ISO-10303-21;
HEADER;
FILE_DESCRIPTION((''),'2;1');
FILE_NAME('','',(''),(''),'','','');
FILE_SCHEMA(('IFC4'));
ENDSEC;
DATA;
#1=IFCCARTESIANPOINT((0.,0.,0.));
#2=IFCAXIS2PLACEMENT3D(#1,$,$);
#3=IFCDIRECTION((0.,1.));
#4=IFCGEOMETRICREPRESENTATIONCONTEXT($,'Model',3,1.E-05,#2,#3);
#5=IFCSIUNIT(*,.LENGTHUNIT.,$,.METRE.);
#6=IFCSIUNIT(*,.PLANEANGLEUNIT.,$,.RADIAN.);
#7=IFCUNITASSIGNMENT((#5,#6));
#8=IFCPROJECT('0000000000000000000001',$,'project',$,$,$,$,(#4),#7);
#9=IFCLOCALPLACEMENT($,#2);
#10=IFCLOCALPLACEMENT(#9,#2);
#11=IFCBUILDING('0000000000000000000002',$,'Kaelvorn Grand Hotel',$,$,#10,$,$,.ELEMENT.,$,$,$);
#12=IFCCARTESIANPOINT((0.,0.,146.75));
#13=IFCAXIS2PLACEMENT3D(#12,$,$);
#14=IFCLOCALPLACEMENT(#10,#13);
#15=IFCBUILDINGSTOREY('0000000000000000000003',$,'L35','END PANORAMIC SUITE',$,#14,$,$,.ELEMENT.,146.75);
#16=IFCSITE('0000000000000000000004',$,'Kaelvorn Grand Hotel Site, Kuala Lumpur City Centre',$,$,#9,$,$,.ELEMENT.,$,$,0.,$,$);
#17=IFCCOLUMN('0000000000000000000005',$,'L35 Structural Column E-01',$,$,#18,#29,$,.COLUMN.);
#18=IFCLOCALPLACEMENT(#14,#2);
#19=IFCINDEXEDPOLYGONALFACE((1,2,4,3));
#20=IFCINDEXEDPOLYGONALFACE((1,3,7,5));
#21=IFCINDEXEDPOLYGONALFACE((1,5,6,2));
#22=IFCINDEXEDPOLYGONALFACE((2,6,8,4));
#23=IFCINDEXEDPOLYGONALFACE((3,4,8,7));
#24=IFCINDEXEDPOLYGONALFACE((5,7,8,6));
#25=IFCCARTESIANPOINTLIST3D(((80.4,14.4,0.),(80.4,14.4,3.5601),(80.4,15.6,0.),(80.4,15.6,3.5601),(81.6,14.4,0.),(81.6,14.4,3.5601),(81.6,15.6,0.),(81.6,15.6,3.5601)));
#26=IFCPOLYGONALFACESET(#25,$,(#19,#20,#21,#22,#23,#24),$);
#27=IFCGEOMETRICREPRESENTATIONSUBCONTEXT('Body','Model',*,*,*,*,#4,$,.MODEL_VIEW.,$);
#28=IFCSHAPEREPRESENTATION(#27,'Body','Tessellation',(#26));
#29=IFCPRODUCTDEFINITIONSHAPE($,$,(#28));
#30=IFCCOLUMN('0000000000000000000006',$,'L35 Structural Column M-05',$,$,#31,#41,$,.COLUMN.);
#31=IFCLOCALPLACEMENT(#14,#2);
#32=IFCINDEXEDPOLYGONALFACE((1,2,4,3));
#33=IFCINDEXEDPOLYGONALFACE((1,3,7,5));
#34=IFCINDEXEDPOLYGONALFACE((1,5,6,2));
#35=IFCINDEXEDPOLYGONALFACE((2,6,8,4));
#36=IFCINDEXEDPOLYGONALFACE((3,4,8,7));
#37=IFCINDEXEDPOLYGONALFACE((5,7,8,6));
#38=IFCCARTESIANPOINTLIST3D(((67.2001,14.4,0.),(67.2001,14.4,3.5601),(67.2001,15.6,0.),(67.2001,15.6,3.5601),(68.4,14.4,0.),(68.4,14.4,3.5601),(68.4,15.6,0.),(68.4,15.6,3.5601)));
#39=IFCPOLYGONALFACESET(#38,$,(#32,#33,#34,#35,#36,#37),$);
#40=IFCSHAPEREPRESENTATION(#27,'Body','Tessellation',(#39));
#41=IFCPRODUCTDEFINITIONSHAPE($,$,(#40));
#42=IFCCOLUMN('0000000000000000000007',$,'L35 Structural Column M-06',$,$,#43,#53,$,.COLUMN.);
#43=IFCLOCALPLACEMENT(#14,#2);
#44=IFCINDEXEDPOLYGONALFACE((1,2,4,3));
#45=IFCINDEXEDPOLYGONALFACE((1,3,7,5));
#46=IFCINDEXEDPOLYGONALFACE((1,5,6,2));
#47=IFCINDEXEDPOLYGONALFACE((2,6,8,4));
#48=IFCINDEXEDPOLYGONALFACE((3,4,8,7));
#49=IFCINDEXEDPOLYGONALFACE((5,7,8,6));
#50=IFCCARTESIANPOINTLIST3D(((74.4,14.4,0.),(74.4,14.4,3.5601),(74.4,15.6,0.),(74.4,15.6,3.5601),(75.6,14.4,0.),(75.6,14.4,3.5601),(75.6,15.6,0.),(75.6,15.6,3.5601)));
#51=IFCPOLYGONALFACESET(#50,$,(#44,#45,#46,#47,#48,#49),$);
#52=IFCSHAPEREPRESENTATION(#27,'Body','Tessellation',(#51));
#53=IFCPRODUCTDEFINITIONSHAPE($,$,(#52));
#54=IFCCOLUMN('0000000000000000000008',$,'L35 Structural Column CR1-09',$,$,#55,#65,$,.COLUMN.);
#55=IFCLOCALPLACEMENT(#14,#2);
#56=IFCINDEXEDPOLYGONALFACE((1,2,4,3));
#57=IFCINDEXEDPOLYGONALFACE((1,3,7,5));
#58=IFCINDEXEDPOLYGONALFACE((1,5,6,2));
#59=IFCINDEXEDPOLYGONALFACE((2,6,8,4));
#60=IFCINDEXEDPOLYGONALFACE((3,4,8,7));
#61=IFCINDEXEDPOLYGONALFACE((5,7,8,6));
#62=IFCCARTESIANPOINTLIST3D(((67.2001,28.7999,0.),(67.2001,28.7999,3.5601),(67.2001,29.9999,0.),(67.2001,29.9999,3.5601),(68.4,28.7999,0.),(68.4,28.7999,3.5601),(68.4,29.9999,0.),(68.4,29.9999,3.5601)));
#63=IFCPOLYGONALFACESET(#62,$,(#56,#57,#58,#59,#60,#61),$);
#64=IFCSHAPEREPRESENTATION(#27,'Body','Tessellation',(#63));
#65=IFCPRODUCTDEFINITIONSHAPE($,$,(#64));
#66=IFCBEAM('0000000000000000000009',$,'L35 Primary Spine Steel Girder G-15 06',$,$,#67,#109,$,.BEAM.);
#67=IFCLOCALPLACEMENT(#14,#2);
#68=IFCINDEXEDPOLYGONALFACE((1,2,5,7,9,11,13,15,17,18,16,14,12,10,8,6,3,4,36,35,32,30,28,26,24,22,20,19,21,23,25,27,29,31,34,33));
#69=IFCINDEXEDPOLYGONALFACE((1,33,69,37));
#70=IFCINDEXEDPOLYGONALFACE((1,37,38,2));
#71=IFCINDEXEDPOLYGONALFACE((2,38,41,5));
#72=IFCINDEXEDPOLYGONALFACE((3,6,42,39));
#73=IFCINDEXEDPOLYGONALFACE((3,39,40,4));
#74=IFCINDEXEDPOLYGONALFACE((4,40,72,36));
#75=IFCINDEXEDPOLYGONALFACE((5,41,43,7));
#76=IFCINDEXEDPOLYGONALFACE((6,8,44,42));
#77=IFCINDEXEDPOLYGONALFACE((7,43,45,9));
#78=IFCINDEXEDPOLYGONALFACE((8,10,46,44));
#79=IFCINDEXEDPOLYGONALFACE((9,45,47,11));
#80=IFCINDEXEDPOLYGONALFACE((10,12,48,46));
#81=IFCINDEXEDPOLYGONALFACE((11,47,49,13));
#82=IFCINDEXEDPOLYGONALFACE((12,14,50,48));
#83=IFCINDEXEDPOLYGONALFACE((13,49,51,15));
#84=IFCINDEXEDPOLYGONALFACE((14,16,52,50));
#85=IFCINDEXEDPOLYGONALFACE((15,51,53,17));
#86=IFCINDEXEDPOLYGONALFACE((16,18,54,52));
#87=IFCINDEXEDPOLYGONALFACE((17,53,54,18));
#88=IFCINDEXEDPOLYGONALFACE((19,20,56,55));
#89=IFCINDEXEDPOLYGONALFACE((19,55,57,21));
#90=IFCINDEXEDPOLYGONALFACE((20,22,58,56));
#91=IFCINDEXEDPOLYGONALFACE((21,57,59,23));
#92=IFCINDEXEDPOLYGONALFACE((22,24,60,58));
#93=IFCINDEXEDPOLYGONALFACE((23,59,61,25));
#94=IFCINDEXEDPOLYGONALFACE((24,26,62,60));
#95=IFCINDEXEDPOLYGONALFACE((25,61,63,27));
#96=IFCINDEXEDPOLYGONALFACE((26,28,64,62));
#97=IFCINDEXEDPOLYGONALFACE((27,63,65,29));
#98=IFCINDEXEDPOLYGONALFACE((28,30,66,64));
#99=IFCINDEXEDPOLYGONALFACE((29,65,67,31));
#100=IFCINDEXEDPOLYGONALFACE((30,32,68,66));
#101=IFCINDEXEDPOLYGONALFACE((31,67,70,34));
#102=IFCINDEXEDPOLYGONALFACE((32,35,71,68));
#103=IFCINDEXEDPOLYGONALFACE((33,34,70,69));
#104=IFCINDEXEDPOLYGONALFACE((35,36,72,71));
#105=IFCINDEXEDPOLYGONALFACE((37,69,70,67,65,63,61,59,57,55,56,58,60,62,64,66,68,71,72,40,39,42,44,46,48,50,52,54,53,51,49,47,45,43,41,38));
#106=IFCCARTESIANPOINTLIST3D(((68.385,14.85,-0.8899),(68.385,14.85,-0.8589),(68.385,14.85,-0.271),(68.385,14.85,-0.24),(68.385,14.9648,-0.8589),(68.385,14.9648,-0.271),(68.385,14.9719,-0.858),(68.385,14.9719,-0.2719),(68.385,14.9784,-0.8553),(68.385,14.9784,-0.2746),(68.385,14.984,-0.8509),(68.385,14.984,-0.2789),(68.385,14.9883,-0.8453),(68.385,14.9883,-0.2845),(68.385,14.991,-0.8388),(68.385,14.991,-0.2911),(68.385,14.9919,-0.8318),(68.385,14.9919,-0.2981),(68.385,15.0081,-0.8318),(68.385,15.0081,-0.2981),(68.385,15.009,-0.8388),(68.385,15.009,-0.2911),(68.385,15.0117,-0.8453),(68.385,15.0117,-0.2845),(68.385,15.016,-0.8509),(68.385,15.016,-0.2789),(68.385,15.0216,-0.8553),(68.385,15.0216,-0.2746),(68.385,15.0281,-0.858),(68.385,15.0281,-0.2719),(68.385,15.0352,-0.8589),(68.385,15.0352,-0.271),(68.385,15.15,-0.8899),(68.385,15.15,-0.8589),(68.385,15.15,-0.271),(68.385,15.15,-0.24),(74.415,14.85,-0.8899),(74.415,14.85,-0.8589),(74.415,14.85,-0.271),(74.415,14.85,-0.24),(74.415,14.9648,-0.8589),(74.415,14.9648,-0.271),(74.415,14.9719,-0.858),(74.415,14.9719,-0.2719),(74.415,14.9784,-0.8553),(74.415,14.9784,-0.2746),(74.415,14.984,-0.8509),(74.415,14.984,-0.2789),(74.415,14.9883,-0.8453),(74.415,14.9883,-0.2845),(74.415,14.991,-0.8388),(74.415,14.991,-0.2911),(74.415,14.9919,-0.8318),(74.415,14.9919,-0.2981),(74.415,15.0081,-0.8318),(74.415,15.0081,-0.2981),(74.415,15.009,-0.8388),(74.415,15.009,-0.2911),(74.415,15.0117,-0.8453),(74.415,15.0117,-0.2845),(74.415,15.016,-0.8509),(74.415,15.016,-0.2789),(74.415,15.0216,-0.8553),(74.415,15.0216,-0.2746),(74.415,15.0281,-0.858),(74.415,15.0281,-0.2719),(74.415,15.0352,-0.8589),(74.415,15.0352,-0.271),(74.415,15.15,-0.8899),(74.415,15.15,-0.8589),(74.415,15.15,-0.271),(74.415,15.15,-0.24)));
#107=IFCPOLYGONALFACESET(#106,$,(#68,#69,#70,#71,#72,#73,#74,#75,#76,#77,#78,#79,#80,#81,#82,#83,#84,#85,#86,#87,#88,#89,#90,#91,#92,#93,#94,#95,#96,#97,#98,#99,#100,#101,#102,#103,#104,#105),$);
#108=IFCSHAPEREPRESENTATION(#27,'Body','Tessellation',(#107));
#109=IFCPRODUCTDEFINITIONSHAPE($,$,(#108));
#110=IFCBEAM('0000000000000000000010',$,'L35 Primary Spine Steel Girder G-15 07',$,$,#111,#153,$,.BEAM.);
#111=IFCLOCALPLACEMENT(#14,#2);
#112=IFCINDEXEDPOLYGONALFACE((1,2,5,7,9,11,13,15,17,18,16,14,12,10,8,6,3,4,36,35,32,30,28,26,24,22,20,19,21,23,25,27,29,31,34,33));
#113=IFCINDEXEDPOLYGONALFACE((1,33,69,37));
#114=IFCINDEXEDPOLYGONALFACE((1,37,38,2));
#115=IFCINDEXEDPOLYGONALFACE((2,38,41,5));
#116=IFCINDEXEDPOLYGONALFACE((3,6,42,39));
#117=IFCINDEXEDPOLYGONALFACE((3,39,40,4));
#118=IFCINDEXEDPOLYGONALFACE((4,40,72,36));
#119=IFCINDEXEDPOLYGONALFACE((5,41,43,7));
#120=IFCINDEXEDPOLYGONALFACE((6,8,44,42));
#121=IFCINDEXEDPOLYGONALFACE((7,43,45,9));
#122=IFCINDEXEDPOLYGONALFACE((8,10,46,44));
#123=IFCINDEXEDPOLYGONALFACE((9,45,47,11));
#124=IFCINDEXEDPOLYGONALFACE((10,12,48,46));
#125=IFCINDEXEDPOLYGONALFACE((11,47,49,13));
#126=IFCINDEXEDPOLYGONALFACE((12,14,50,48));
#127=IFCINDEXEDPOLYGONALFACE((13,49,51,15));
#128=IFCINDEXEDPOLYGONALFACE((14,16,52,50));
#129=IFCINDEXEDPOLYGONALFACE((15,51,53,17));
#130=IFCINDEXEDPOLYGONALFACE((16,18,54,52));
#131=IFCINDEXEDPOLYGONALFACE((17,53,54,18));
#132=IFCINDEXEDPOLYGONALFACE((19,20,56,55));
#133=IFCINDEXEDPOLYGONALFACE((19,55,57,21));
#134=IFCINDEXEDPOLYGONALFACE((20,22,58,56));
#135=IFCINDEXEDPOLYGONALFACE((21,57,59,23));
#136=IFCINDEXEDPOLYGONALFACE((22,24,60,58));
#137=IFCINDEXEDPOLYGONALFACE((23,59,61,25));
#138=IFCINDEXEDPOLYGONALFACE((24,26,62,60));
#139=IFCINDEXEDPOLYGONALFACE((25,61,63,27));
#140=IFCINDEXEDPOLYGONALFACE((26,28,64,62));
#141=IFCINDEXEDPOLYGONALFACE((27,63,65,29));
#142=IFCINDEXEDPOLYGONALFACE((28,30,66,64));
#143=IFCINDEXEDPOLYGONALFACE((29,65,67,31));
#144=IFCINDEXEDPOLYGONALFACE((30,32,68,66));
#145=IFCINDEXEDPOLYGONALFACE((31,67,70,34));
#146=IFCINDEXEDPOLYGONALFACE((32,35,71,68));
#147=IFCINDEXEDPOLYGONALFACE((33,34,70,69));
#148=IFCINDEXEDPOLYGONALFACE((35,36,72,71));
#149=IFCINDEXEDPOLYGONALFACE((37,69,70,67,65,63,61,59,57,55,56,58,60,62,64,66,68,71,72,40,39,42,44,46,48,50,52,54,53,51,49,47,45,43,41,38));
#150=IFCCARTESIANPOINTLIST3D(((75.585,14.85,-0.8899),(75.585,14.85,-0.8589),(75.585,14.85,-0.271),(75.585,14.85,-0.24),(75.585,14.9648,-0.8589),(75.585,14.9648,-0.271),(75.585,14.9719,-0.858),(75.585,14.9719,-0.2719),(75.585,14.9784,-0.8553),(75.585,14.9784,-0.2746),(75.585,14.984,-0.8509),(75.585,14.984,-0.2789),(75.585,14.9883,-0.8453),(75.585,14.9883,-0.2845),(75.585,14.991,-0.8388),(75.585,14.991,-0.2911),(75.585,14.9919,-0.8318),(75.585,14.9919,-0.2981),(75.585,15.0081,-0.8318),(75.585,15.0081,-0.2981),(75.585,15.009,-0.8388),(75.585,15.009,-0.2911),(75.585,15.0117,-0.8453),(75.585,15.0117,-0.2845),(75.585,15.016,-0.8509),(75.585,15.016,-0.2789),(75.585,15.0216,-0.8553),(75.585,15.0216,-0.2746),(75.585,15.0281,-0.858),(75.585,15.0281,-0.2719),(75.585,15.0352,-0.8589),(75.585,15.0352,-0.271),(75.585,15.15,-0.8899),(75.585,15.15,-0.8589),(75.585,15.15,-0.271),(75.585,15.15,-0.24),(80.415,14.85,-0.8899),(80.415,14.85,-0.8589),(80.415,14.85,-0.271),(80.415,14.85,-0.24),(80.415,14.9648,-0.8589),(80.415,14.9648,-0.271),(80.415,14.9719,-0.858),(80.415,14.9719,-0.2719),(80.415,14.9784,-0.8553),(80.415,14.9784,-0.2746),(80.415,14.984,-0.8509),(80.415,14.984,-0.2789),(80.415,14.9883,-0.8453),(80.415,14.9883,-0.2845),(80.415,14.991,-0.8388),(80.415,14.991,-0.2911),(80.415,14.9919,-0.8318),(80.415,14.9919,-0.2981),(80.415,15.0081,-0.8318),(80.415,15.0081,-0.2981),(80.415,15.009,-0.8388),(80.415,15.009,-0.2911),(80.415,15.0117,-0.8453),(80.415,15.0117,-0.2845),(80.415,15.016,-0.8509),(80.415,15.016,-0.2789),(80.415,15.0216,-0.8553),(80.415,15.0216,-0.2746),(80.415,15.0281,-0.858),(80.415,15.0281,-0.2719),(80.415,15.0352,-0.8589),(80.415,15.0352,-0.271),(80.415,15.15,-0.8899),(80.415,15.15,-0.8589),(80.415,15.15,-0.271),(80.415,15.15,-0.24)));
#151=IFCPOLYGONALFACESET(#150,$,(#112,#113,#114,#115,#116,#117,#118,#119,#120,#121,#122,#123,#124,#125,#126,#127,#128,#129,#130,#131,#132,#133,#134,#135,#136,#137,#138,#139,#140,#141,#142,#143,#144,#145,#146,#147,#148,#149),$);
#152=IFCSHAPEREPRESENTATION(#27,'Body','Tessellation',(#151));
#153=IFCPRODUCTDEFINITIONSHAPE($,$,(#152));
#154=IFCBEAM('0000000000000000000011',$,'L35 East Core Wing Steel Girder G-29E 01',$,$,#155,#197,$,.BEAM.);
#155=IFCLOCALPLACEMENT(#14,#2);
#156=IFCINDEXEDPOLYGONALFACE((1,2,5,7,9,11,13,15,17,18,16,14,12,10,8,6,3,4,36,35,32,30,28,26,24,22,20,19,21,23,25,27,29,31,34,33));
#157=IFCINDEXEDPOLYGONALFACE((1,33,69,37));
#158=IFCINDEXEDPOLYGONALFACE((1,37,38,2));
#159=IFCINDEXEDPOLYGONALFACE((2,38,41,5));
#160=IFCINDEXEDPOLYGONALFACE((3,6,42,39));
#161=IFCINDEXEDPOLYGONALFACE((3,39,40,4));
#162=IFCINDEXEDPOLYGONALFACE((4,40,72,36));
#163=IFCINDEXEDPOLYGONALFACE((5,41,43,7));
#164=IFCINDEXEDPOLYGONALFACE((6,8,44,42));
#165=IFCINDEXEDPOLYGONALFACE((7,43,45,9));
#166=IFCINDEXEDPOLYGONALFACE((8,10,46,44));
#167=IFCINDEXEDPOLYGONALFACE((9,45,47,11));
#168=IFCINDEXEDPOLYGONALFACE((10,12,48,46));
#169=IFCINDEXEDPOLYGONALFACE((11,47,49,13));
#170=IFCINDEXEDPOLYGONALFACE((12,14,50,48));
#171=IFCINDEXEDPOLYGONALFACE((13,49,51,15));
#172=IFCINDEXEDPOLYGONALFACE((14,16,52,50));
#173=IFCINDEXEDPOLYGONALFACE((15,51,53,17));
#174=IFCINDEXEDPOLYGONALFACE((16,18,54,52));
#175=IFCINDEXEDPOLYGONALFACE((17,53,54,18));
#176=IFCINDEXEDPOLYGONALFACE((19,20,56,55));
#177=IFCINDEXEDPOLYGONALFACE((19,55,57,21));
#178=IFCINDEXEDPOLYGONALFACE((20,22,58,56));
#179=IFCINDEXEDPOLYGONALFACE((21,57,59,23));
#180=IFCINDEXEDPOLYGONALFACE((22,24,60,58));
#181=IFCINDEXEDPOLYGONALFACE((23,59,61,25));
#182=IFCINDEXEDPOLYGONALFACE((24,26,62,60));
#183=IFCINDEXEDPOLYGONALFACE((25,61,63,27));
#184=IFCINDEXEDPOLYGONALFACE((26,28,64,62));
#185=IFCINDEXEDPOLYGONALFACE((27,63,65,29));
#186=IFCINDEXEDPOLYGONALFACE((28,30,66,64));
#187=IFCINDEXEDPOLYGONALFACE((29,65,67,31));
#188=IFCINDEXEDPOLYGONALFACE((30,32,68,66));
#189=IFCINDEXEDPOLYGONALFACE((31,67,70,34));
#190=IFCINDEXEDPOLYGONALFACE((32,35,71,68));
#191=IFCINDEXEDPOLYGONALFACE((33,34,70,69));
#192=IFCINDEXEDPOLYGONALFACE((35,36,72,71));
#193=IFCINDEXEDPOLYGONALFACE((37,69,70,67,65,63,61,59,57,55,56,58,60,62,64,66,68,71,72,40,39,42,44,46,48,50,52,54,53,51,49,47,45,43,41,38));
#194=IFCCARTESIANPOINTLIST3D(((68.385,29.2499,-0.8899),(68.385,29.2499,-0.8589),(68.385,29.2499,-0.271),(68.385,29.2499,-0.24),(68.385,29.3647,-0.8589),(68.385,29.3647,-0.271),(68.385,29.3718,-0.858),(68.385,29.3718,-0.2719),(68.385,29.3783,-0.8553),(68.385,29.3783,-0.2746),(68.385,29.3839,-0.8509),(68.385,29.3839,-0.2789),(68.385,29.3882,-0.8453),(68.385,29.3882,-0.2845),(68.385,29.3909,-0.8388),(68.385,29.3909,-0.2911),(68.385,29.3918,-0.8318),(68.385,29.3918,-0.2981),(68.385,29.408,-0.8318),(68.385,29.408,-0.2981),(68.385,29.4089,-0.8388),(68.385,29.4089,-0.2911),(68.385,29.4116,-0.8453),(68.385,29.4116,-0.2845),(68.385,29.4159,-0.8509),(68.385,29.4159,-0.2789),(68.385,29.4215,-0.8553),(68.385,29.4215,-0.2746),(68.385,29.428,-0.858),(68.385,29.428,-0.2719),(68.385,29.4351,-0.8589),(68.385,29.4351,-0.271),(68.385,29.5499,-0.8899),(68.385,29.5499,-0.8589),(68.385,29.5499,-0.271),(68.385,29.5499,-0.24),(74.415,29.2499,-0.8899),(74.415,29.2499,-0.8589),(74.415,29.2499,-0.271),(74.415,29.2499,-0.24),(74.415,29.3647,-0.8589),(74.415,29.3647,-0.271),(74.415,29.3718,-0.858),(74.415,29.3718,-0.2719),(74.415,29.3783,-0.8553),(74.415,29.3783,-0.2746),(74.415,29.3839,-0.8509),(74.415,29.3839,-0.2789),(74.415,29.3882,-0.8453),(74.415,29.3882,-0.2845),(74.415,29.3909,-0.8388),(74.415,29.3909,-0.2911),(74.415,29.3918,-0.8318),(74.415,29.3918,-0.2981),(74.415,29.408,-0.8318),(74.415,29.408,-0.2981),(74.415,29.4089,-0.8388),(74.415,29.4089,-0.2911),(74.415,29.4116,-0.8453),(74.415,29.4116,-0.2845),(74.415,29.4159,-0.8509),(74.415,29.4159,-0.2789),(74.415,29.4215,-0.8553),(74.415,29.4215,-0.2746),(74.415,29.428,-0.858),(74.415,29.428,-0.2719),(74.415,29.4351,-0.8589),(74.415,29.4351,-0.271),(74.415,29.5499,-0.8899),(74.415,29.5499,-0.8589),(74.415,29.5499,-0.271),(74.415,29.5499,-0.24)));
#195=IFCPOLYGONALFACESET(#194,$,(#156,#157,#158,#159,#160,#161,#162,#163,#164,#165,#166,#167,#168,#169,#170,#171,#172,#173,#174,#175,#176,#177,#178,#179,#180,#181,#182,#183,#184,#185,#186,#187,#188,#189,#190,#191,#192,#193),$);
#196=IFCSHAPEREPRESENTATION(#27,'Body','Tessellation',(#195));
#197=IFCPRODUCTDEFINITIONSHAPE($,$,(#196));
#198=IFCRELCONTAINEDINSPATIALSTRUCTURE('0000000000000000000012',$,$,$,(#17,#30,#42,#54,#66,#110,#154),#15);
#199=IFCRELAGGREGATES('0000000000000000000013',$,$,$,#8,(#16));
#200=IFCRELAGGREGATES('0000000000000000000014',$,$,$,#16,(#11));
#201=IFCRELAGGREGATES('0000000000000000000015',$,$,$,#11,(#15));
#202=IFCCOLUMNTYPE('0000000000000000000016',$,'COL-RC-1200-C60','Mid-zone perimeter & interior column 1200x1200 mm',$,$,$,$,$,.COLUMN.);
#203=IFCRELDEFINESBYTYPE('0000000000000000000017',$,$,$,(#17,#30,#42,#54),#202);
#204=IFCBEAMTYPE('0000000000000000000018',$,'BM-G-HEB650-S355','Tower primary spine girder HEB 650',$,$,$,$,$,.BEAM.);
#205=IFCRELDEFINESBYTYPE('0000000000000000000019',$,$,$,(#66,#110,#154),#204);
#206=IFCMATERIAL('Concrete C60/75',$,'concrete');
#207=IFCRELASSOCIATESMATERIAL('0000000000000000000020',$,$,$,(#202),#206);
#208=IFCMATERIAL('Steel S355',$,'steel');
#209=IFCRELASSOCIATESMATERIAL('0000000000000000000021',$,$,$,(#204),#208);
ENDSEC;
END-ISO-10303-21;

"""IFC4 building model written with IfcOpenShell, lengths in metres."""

from ifc_helpers import new_model, si_unit, direction, frame, origin, origin_2d, place, context, subcontext, project, spatial, rectangle, i_section, extrude, material, material_profile, profile_set, type_object, element, save


model = new_model("IFC4")

# Units and contexts
model_context = context("Model", 3, precision=1e-05, world=origin(), true_north=direction((0.0, 1.0)))
body_context = subcontext(model_context, "Body", "Model", "MODEL_VIEW")
ifc_project = project(units=[si_unit("LENGTHUNIT", "METRE"), si_unit("PLANEANGLEUNIT", "RADIAN")], contexts=[model_context])

# Site, building, storey
site_placement = place(None, origin())
site = spatial("IfcSite", under=ifc_project, at=site_placement, Name="Kaelvorn Grand Hotel Site, Kuala Lumpur City Centre", CompositionType="ELEMENT", RefElevation=0.0)
building_placement = place(site_placement, origin())
building = spatial("IfcBuilding", under=site, at=building_placement, Name="Kaelvorn Grand Hotel", CompositionType="ELEMENT")
storey_placement = place(building_placement, frame((0.0, 0.0, 146.75)))
storey = spatial("IfcBuildingStorey", under=building, at=storey_placement, Name="L35", Description="END PANORAMIC SUITE", CompositionType="ELEMENT", Elevation=146.75)

# Columns
ifc_material_1 = material(Name="Concrete C60/75", Category="concrete")
ifc_material_profile_1 = material_profile(ifc_material_1, rectangle(XDim=1.2, YDim=1.2, at=origin_2d()), Name="RC COL 1200x1200")
ifc_profile_set_1 = profile_set([ifc_material_profile_1], Name="Concrete C60/75")
column_type = type_object("IfcColumnType", Name="COL-RC-1200-C60", Description="Mid-zone perimeter & interior column 1200x1200 mm", PredefinedType="COLUMN", material=ifc_profile_set_1)
for number, where, z_axis, x_axis, name in (
    (1, (81.0, 15.0, 0.0), (0.0, 0.0, 1.0), (1.0, 0.0, 0.0), "L35 Structural Column E-01"),
    (2, (67.8, 15.0, 0.0), (0.0, 0.0, 1.0), (1.0, 0.0, 0.0), "L35 Structural Column M-05"),
    (3, (75.0, 15.0, 0.0), (0.0, 0.0, 1.0), (1.0, 0.0, 0.0), "L35 Structural Column M-06"),
    (4, (67.8, 29.3999, 0.0), (0.0, 0.0, 1.0), (1.0, 0.0, 0.0), "L35 Structural Column CR1-09"),
):
    element("IfcColumn", number, at=place(storey_placement, frame(where, z_axis=z_axis, x_axis=x_axis)), inside=storey, type_object=column_type, Name=name, PredefinedType="COLUMN", context=body_context, shape_type="SweptSolid", body=[
        extrude(rectangle(XDim=1.2, YDim=1.2, at=origin_2d()), origin(), (0.0, 0.0, 1.0), 3.5601),
    ])

# Beams
ifc_material_2 = material(Name="Steel S355", Category="steel")
ifc_material_profile_2 = material_profile(ifc_material_2, i_section(OverallWidth=0.3, OverallDepth=0.6499, WebThickness=0.0161, FlangeThickness=0.031, FilletRadius=0.0271, at=origin_2d()), Name="HEB 650")
ifc_profile_set_2 = profile_set([ifc_material_profile_2], Name="Steel S355")
beam_type_1 = type_object("IfcBeamType", Name="BM-G-HEB650-S355", Description="Tower primary spine girder HEB 650", PredefinedType="BEAM", material=ifc_profile_set_2)
beam_1_placement = place(storey_placement, frame((68.385, 15.0, -0.5649), z_axis=(1.0, 0.0, 0.0), x_axis=(0.0, 1.0, 0.0)))
element("IfcBeam", 5, at=beam_1_placement, inside=storey, type_object=beam_type_1, Name="L35 Primary Spine Steel Girder G-15 06", PredefinedType="BEAM", context=body_context, shape_type="SweptSolid", body=[
    extrude(i_section(OverallWidth=0.3, OverallDepth=0.6499, WebThickness=0.0161, FlangeThickness=0.031, FilletRadius=0.0271, at=origin_2d()), origin(), (0.0, 0.0, 1.0), 6.03),
])
beam_2_placement = place(storey_placement, frame((75.585, 15.0, -0.5649), z_axis=(1.0, 0.0, 0.0), x_axis=(0.0, 1.0, 0.0)))
element("IfcBeam", 6, at=beam_2_placement, inside=storey, type_object=beam_type_1, Name="L35 Primary Spine Steel Girder G-15 07", PredefinedType="BEAM", context=body_context, shape_type="SweptSolid", body=[
    extrude(i_section(OverallWidth=0.3, OverallDepth=0.6499, WebThickness=0.0161, FlangeThickness=0.031, FilletRadius=0.0271, at=origin_2d()), origin(), (0.0, 0.0, 1.0), 4.8301),
])
beam_3_placement = place(storey_placement, frame((68.385, 29.3999, -0.5649), z_axis=(1.0, 0.0, 0.0), x_axis=(0.0, 1.0, 0.0)))
element("IfcBeam", 7, at=beam_3_placement, inside=storey, type_object=beam_type_1, Name="L35 East Core Wing Steel Girder G-29E 01", PredefinedType="BEAM", context=body_context, shape_type="SweptSolid", body=[
    extrude(i_section(OverallWidth=0.3, OverallDepth=0.6499, WebThickness=0.0161, FlangeThickness=0.031, FilletRadius=0.0271, at=origin_2d()), origin(), (0.0, 0.0, 1.0), 6.03),
])

save(model, "model.ifc")
